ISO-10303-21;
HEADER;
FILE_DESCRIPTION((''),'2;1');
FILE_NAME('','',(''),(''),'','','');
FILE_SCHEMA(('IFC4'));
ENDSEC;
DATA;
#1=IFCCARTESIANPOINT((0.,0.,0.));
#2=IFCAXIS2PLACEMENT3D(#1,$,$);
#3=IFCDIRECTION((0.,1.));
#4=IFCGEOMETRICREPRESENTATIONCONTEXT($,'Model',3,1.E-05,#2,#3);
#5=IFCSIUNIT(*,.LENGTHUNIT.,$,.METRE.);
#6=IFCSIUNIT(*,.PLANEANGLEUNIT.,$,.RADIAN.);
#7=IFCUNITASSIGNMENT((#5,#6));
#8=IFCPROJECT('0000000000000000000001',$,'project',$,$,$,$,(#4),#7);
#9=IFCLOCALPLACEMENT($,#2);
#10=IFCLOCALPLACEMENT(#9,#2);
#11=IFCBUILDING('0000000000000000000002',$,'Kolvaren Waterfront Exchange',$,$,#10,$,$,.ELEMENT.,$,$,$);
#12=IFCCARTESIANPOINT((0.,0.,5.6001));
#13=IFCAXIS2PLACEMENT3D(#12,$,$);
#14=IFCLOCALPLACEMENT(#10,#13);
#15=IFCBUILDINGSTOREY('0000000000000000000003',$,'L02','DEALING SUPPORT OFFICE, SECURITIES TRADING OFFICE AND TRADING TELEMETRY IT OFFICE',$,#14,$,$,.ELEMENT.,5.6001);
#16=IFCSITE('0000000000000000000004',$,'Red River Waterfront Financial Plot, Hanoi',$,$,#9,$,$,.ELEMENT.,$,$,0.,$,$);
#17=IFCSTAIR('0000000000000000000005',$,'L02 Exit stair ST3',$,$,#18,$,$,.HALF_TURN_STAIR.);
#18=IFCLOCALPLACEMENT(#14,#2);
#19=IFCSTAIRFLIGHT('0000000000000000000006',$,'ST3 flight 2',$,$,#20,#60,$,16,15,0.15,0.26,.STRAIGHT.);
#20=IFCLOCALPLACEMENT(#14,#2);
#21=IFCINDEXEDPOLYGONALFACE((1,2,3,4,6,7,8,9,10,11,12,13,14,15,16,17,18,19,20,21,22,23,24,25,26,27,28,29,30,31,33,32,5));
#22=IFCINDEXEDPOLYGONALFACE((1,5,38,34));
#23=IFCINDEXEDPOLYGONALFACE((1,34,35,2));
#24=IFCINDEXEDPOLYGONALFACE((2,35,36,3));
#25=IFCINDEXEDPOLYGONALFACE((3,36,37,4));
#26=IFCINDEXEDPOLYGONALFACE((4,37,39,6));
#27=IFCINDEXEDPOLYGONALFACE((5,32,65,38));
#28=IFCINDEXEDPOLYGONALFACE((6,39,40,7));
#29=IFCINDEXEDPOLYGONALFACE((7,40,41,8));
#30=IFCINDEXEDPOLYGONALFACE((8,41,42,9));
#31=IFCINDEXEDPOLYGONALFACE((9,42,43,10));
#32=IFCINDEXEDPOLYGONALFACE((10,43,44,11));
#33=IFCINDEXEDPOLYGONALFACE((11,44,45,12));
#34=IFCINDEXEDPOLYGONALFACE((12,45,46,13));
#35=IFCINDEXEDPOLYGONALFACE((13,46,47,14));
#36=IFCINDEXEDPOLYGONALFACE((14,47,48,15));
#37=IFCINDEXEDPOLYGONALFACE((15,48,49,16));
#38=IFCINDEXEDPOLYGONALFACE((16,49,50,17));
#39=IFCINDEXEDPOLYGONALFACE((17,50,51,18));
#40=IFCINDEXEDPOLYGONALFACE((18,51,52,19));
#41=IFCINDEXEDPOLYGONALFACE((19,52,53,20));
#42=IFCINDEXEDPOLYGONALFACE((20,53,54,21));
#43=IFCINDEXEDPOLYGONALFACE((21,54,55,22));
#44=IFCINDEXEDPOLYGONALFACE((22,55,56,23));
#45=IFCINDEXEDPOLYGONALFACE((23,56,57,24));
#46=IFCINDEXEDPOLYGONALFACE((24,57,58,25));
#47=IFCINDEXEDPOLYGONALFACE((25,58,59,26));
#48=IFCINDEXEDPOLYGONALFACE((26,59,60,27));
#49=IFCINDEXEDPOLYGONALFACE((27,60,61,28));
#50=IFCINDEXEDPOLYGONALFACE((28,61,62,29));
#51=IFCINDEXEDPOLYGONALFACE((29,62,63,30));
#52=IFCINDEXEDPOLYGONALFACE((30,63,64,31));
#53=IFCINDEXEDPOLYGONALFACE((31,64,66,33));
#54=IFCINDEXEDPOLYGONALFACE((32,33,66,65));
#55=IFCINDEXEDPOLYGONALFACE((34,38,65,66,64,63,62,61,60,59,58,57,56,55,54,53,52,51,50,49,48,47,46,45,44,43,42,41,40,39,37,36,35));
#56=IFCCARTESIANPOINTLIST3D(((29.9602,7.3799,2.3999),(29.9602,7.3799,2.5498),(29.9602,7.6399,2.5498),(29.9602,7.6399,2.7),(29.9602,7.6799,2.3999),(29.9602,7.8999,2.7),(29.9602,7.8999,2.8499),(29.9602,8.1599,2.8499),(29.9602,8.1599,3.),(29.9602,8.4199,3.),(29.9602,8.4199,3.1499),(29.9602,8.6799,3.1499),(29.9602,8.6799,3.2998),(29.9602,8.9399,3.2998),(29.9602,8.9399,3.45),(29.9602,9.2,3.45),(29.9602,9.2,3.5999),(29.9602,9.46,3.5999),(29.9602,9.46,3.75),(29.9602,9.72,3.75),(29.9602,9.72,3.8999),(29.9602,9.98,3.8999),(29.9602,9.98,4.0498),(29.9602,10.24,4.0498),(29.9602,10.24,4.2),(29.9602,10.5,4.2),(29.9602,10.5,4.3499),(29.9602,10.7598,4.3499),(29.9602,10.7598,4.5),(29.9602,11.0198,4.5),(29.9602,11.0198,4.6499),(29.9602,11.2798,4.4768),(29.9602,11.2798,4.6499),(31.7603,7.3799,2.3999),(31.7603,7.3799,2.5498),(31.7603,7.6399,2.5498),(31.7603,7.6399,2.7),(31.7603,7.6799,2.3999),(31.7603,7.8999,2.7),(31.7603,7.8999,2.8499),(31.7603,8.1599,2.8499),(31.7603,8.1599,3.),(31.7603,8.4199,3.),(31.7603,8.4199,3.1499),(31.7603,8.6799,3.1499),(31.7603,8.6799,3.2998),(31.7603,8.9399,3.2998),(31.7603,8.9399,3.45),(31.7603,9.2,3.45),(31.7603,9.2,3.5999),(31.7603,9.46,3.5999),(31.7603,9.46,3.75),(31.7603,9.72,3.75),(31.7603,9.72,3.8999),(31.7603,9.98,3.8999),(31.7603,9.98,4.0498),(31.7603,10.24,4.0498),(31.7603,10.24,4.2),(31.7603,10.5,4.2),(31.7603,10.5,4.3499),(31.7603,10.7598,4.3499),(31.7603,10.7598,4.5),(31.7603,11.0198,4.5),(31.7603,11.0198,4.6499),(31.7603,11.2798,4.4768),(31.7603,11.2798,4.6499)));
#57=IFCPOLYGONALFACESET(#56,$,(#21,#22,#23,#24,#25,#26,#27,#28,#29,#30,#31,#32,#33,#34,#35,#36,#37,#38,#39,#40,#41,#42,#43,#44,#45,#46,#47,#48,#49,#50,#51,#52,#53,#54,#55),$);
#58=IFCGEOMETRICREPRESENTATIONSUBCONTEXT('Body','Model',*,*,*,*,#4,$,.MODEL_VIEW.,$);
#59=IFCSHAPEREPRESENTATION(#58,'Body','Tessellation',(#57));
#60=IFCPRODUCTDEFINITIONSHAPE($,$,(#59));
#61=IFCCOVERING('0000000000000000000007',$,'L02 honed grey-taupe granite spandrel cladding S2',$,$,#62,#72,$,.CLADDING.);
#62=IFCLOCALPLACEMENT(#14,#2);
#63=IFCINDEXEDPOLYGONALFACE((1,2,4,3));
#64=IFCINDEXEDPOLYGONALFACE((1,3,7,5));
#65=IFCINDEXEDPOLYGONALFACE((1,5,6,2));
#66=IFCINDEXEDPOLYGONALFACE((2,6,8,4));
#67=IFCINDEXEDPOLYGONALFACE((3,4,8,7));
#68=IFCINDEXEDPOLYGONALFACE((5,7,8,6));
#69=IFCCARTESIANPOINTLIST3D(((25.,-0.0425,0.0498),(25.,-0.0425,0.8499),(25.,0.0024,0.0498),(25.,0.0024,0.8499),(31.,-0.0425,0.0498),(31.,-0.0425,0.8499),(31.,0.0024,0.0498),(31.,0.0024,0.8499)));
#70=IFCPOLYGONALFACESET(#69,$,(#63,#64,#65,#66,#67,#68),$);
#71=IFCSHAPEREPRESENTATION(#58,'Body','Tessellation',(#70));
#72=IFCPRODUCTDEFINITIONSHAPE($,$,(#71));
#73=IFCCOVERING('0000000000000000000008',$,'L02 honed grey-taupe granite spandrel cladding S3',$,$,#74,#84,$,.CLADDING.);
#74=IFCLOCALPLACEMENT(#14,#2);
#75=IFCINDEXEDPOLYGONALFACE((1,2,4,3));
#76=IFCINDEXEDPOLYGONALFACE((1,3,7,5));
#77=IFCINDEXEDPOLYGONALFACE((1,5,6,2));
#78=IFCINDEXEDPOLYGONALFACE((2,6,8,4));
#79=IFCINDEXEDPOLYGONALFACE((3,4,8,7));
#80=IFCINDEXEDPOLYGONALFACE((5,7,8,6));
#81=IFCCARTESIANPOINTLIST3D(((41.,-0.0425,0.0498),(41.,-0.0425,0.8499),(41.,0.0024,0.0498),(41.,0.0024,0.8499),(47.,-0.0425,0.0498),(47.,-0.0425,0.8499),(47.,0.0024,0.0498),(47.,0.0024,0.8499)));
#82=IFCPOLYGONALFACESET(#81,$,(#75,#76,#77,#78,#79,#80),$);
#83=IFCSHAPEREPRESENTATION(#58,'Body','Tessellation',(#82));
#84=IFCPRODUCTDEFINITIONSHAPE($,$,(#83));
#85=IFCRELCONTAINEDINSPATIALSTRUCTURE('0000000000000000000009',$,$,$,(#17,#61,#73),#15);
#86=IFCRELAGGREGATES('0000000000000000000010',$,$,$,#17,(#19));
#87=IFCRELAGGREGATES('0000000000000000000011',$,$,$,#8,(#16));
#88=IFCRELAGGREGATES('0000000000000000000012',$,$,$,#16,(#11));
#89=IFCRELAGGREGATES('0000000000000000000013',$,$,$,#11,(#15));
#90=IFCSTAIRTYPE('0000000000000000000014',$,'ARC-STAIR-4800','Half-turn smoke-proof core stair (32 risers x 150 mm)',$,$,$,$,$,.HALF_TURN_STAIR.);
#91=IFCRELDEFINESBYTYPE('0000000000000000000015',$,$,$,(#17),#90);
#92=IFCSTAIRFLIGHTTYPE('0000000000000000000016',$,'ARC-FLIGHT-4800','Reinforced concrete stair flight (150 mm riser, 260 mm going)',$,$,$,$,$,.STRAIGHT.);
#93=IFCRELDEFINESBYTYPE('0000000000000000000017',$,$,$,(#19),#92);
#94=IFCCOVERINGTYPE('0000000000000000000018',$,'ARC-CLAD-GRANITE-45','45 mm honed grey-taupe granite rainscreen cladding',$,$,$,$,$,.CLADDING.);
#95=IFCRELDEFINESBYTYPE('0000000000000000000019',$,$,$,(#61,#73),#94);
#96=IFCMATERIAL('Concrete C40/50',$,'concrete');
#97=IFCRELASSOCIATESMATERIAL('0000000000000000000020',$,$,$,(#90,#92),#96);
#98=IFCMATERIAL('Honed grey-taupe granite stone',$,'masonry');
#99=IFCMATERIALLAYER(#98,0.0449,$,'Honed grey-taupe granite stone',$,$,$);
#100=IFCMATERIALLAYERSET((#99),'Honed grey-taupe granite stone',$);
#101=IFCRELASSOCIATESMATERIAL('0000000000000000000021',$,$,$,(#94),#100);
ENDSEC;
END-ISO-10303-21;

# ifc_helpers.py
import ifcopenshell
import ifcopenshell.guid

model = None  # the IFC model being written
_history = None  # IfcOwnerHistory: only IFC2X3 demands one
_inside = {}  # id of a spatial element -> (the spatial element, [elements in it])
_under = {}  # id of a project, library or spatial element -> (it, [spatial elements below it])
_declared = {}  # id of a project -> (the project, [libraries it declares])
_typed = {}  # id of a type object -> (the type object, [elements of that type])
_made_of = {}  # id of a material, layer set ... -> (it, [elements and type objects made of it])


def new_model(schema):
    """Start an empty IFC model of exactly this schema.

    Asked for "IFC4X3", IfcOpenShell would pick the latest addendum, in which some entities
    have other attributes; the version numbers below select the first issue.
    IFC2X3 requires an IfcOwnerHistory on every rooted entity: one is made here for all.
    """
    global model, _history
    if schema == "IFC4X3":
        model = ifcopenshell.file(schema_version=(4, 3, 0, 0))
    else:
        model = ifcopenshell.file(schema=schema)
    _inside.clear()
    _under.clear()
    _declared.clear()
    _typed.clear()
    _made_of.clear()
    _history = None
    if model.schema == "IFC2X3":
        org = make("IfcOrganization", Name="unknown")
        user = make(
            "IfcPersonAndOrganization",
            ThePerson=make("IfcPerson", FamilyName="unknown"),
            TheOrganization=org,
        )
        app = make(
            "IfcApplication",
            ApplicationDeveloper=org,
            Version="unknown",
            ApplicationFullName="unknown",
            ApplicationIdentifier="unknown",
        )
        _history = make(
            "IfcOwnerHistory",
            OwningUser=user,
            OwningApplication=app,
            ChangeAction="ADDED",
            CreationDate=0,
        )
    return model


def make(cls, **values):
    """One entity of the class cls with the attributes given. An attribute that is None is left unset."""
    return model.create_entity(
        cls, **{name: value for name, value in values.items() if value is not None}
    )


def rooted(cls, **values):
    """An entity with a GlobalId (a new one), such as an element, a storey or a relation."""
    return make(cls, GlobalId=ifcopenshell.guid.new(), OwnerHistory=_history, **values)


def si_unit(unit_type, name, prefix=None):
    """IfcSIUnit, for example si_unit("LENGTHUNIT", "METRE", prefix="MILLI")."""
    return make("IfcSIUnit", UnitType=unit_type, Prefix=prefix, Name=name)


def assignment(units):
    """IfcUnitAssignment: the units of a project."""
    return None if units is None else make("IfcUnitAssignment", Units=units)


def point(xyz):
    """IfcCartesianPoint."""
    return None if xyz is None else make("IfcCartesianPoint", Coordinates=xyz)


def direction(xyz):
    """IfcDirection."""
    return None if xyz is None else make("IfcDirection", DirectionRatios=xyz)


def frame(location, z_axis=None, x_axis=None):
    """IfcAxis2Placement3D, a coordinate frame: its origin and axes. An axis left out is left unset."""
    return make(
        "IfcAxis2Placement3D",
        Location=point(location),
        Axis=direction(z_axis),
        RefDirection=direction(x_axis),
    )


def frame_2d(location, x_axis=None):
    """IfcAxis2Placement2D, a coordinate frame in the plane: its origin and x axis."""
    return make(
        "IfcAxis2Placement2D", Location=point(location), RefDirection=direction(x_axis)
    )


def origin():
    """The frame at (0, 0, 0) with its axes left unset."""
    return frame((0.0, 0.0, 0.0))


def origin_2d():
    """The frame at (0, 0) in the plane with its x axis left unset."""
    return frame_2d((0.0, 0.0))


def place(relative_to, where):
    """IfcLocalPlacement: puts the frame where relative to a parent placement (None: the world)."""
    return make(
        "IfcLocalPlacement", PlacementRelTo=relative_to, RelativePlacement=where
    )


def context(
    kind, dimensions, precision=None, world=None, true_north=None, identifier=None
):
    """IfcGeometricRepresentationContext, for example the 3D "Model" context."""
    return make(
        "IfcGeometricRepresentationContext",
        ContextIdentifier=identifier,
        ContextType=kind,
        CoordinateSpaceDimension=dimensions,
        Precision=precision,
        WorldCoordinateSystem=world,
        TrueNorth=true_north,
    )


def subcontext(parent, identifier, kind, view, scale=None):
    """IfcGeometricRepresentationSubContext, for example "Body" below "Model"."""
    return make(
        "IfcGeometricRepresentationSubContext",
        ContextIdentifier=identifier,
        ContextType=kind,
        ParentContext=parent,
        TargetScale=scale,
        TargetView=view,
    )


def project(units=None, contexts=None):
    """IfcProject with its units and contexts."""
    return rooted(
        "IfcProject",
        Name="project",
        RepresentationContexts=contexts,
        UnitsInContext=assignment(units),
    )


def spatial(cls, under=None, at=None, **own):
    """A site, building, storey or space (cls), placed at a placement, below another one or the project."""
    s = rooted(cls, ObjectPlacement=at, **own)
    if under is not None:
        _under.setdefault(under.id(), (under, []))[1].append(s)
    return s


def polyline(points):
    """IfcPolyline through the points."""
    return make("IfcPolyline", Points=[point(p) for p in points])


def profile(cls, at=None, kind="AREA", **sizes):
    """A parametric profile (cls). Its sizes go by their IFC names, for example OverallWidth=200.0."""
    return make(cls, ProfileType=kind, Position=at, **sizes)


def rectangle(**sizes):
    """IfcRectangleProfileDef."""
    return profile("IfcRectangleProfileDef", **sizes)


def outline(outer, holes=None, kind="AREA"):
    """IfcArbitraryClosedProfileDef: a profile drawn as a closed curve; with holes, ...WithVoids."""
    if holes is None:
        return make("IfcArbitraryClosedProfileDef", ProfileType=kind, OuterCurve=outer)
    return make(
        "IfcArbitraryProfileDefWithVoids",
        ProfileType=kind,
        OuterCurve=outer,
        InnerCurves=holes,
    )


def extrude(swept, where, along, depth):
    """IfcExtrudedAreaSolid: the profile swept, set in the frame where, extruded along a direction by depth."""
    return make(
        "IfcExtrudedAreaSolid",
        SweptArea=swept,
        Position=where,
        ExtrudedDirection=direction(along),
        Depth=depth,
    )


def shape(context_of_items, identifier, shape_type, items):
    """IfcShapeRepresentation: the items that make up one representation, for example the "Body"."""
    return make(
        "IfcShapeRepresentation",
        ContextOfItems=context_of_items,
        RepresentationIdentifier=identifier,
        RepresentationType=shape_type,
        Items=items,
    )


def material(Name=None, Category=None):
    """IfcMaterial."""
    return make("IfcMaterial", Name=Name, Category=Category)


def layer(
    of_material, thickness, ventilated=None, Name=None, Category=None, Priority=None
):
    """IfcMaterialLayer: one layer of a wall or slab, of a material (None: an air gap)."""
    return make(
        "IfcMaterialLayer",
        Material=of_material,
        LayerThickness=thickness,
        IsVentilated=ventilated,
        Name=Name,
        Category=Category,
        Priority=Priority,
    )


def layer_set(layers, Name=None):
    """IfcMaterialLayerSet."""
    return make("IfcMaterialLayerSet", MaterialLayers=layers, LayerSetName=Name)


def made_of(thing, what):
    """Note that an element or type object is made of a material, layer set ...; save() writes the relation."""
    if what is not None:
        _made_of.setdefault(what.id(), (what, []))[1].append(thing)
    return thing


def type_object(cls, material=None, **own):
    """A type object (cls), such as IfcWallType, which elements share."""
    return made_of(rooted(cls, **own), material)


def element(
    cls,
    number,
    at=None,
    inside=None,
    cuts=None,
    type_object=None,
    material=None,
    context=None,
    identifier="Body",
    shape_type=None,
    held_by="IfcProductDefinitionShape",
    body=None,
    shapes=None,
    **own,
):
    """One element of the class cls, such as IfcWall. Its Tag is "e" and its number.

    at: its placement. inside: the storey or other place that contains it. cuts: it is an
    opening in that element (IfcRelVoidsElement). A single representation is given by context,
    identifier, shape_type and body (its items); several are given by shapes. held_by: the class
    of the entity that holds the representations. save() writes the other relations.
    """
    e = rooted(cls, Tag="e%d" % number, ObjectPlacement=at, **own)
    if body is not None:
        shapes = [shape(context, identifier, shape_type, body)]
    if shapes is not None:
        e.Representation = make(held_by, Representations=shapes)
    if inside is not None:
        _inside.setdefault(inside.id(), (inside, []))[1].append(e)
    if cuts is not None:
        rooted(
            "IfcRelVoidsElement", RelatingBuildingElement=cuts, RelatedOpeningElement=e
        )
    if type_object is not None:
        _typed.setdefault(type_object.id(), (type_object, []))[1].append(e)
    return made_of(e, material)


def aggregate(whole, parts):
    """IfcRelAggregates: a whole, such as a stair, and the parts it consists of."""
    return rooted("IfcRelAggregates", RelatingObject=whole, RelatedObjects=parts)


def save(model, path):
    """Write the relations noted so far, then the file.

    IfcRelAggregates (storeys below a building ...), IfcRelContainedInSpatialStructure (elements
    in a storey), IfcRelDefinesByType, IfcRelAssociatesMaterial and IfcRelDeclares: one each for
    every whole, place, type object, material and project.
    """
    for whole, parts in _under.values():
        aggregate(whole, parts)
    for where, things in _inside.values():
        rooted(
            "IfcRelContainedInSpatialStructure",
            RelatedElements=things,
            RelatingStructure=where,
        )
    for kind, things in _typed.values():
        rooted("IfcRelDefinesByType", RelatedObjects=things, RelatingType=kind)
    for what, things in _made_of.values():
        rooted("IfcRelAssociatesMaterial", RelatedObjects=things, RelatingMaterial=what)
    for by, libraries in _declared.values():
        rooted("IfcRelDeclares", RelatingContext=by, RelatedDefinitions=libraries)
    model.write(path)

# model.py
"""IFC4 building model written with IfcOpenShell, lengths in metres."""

from ifc_helpers import new_model, si_unit, direction, frame, origin, origin_2d, place, context, subcontext, project, spatial, polyline, rectangle, outline, extrude, material, layer, layer_set, type_object, element, aggregate, save


model = new_model("IFC4")

# Units and contexts
model_context = context("Model", 3, precision=1e-05, world=origin(), true_north=direction((0.0, 1.0)))
body_context = subcontext(model_context, "Body", "Model", "MODEL_VIEW")
ifc_project = project(units=[si_unit("LENGTHUNIT", "METRE"), si_unit("PLANEANGLEUNIT", "RADIAN")], contexts=[model_context])

# Site, building, storey
site_placement = place(None, origin())
site = spatial("IfcSite", under=ifc_project, at=site_placement, Name="Red River Waterfront Financial Plot, Hanoi", CompositionType="ELEMENT", RefElevation=0.0)
building_placement = place(site_placement, origin())
building = spatial("IfcBuilding", under=site, at=building_placement, Name="Kolvaren Waterfront Exchange", CompositionType="ELEMENT")
storey_placement = place(building_placement, frame((0.0, 0.0, 5.6001)))
storey = spatial("IfcBuildingStorey", under=building, at=storey_placement, Name="L02", Description="DEALING SUPPORT OFFICE, SECURITIES TRADING OFFICE AND TRADING TELEMETRY IT OFFICE", CompositionType="ELEMENT", Elevation=5.6001)

# Shared definitions
ifc_material_1 = material(Name="Concrete C40/50", Category="concrete")

# Stair, stair flight
stair_type = type_object("IfcStairType", Name="ARC-STAIR-4800", Description="Half-turn smoke-proof core stair (32 risers x 150 mm)", PredefinedType="HALF_TURN_STAIR", material=ifc_material_1)
stair_placement = place(storey_placement, origin())
stair = element("IfcStair", 1, at=stair_placement, inside=storey, type_object=stair_type, Name="L02 Exit stair ST3", PredefinedType="HALF_TURN_STAIR")
stair_flight_type = type_object("IfcStairFlightType", Name="ARC-FLIGHT-4800", Description="Reinforced concrete stair flight (150 mm riser, 260 mm going)", PredefinedType="STRAIGHT", material=ifc_material_1)
stair_flight_1_placement = place(storey_placement, frame((30.8601, 7.3799, 2.3999), z_axis=(0.0, 0.0, 1.0), x_axis=(0.0, 1.0, 0.0)))
stair_flight_1 = element("IfcStairFlight", 2, at=stair_flight_1_placement, type_object=stair_flight_type, Name="ST3 flight 2", NumberOfRisers=16, NumberOfTreads=15, PredefinedType="STRAIGHT", RiserHeight=0.15, TreadLength=0.26, context=body_context, shape_type="SweptSolid", body=[
    extrude(outline(polyline([(0.0, 0.0), (0.0, 0.1499), (0.26, 0.1499), (0.26, 0.3), (0.52, 0.3), (0.52, 0.45), (0.78, 0.45), (0.78, 0.6001), (1.04, 0.6001), (1.04, 0.75), (1.3, 0.75), (1.3, 0.8999), (1.5601, 0.8999), (1.5601, 1.05), (1.8201, 1.05), (1.8201, 1.2), (2.0801, 1.2), (2.0801, 1.3501), (2.3401, 1.3501), (2.3401, 1.5), (2.6001, 1.5), (2.6001, 1.6499), (2.8601, 1.6499), (2.8601, 1.8), (3.1201, 1.8), (3.1201, 1.95), (3.3799, 1.95), (3.3799, 2.1001), (3.6399, 2.1001), (3.6399, 2.25), (3.8999, 2.25), (3.8999, 2.3999), (3.8999, 2.0769), (0.3, 0.0), (0.0, 0.0)])), frame((0.0, 0.8999, 0.0), z_axis=(0.0, -1.0, 0.0), x_axis=(1.0, 0.0, 0.0)), (0.0, 0.0, 1.0), 1.8),
])
aggregate(stair, [stair_flight_1])

# Coverings
ifc_material_2 = material(Name="Honed grey-taupe granite stone", Category="masonry")
ifc_layer_1 = layer(ifc_material_2, 0.0449, Name="Honed grey-taupe granite stone")
ifc_layer_set_1 = layer_set([ifc_layer_1], Name="Honed grey-taupe granite stone")
covering_type = type_object("IfcCoveringType", Name="ARC-CLAD-GRANITE-45", Description="45 mm honed grey-taupe granite rainscreen cladding", PredefinedType="CLADDING", material=ifc_layer_set_1)
for number, where, z_axis, x_axis, name in (
    (3, (28.0, -0.02, 0.0498), (0.0, 0.0, 1.0), (1.0, 0.0, 0.0), "L02 honed grey-taupe granite spandrel cladding S2"),
    (4, (44.0, -0.02, 0.0498), (0.0, 0.0, 1.0), (1.0, 0.0, 0.0), "L02 honed grey-taupe granite spandrel cladding S3"),
):
    element("IfcCovering", number, at=place(storey_placement, frame(where, z_axis=z_axis, x_axis=x_axis)), inside=storey, type_object=covering_type, Name=name, PredefinedType="CLADDING", context=body_context, shape_type="SweptSolid", body=[
        extrude(rectangle(XDim=6.0, YDim=0.0449, at=origin_2d()), origin(), (0.0, 0.0, 1.0), 0.8),
    ])

save(model, "model.ifc")
